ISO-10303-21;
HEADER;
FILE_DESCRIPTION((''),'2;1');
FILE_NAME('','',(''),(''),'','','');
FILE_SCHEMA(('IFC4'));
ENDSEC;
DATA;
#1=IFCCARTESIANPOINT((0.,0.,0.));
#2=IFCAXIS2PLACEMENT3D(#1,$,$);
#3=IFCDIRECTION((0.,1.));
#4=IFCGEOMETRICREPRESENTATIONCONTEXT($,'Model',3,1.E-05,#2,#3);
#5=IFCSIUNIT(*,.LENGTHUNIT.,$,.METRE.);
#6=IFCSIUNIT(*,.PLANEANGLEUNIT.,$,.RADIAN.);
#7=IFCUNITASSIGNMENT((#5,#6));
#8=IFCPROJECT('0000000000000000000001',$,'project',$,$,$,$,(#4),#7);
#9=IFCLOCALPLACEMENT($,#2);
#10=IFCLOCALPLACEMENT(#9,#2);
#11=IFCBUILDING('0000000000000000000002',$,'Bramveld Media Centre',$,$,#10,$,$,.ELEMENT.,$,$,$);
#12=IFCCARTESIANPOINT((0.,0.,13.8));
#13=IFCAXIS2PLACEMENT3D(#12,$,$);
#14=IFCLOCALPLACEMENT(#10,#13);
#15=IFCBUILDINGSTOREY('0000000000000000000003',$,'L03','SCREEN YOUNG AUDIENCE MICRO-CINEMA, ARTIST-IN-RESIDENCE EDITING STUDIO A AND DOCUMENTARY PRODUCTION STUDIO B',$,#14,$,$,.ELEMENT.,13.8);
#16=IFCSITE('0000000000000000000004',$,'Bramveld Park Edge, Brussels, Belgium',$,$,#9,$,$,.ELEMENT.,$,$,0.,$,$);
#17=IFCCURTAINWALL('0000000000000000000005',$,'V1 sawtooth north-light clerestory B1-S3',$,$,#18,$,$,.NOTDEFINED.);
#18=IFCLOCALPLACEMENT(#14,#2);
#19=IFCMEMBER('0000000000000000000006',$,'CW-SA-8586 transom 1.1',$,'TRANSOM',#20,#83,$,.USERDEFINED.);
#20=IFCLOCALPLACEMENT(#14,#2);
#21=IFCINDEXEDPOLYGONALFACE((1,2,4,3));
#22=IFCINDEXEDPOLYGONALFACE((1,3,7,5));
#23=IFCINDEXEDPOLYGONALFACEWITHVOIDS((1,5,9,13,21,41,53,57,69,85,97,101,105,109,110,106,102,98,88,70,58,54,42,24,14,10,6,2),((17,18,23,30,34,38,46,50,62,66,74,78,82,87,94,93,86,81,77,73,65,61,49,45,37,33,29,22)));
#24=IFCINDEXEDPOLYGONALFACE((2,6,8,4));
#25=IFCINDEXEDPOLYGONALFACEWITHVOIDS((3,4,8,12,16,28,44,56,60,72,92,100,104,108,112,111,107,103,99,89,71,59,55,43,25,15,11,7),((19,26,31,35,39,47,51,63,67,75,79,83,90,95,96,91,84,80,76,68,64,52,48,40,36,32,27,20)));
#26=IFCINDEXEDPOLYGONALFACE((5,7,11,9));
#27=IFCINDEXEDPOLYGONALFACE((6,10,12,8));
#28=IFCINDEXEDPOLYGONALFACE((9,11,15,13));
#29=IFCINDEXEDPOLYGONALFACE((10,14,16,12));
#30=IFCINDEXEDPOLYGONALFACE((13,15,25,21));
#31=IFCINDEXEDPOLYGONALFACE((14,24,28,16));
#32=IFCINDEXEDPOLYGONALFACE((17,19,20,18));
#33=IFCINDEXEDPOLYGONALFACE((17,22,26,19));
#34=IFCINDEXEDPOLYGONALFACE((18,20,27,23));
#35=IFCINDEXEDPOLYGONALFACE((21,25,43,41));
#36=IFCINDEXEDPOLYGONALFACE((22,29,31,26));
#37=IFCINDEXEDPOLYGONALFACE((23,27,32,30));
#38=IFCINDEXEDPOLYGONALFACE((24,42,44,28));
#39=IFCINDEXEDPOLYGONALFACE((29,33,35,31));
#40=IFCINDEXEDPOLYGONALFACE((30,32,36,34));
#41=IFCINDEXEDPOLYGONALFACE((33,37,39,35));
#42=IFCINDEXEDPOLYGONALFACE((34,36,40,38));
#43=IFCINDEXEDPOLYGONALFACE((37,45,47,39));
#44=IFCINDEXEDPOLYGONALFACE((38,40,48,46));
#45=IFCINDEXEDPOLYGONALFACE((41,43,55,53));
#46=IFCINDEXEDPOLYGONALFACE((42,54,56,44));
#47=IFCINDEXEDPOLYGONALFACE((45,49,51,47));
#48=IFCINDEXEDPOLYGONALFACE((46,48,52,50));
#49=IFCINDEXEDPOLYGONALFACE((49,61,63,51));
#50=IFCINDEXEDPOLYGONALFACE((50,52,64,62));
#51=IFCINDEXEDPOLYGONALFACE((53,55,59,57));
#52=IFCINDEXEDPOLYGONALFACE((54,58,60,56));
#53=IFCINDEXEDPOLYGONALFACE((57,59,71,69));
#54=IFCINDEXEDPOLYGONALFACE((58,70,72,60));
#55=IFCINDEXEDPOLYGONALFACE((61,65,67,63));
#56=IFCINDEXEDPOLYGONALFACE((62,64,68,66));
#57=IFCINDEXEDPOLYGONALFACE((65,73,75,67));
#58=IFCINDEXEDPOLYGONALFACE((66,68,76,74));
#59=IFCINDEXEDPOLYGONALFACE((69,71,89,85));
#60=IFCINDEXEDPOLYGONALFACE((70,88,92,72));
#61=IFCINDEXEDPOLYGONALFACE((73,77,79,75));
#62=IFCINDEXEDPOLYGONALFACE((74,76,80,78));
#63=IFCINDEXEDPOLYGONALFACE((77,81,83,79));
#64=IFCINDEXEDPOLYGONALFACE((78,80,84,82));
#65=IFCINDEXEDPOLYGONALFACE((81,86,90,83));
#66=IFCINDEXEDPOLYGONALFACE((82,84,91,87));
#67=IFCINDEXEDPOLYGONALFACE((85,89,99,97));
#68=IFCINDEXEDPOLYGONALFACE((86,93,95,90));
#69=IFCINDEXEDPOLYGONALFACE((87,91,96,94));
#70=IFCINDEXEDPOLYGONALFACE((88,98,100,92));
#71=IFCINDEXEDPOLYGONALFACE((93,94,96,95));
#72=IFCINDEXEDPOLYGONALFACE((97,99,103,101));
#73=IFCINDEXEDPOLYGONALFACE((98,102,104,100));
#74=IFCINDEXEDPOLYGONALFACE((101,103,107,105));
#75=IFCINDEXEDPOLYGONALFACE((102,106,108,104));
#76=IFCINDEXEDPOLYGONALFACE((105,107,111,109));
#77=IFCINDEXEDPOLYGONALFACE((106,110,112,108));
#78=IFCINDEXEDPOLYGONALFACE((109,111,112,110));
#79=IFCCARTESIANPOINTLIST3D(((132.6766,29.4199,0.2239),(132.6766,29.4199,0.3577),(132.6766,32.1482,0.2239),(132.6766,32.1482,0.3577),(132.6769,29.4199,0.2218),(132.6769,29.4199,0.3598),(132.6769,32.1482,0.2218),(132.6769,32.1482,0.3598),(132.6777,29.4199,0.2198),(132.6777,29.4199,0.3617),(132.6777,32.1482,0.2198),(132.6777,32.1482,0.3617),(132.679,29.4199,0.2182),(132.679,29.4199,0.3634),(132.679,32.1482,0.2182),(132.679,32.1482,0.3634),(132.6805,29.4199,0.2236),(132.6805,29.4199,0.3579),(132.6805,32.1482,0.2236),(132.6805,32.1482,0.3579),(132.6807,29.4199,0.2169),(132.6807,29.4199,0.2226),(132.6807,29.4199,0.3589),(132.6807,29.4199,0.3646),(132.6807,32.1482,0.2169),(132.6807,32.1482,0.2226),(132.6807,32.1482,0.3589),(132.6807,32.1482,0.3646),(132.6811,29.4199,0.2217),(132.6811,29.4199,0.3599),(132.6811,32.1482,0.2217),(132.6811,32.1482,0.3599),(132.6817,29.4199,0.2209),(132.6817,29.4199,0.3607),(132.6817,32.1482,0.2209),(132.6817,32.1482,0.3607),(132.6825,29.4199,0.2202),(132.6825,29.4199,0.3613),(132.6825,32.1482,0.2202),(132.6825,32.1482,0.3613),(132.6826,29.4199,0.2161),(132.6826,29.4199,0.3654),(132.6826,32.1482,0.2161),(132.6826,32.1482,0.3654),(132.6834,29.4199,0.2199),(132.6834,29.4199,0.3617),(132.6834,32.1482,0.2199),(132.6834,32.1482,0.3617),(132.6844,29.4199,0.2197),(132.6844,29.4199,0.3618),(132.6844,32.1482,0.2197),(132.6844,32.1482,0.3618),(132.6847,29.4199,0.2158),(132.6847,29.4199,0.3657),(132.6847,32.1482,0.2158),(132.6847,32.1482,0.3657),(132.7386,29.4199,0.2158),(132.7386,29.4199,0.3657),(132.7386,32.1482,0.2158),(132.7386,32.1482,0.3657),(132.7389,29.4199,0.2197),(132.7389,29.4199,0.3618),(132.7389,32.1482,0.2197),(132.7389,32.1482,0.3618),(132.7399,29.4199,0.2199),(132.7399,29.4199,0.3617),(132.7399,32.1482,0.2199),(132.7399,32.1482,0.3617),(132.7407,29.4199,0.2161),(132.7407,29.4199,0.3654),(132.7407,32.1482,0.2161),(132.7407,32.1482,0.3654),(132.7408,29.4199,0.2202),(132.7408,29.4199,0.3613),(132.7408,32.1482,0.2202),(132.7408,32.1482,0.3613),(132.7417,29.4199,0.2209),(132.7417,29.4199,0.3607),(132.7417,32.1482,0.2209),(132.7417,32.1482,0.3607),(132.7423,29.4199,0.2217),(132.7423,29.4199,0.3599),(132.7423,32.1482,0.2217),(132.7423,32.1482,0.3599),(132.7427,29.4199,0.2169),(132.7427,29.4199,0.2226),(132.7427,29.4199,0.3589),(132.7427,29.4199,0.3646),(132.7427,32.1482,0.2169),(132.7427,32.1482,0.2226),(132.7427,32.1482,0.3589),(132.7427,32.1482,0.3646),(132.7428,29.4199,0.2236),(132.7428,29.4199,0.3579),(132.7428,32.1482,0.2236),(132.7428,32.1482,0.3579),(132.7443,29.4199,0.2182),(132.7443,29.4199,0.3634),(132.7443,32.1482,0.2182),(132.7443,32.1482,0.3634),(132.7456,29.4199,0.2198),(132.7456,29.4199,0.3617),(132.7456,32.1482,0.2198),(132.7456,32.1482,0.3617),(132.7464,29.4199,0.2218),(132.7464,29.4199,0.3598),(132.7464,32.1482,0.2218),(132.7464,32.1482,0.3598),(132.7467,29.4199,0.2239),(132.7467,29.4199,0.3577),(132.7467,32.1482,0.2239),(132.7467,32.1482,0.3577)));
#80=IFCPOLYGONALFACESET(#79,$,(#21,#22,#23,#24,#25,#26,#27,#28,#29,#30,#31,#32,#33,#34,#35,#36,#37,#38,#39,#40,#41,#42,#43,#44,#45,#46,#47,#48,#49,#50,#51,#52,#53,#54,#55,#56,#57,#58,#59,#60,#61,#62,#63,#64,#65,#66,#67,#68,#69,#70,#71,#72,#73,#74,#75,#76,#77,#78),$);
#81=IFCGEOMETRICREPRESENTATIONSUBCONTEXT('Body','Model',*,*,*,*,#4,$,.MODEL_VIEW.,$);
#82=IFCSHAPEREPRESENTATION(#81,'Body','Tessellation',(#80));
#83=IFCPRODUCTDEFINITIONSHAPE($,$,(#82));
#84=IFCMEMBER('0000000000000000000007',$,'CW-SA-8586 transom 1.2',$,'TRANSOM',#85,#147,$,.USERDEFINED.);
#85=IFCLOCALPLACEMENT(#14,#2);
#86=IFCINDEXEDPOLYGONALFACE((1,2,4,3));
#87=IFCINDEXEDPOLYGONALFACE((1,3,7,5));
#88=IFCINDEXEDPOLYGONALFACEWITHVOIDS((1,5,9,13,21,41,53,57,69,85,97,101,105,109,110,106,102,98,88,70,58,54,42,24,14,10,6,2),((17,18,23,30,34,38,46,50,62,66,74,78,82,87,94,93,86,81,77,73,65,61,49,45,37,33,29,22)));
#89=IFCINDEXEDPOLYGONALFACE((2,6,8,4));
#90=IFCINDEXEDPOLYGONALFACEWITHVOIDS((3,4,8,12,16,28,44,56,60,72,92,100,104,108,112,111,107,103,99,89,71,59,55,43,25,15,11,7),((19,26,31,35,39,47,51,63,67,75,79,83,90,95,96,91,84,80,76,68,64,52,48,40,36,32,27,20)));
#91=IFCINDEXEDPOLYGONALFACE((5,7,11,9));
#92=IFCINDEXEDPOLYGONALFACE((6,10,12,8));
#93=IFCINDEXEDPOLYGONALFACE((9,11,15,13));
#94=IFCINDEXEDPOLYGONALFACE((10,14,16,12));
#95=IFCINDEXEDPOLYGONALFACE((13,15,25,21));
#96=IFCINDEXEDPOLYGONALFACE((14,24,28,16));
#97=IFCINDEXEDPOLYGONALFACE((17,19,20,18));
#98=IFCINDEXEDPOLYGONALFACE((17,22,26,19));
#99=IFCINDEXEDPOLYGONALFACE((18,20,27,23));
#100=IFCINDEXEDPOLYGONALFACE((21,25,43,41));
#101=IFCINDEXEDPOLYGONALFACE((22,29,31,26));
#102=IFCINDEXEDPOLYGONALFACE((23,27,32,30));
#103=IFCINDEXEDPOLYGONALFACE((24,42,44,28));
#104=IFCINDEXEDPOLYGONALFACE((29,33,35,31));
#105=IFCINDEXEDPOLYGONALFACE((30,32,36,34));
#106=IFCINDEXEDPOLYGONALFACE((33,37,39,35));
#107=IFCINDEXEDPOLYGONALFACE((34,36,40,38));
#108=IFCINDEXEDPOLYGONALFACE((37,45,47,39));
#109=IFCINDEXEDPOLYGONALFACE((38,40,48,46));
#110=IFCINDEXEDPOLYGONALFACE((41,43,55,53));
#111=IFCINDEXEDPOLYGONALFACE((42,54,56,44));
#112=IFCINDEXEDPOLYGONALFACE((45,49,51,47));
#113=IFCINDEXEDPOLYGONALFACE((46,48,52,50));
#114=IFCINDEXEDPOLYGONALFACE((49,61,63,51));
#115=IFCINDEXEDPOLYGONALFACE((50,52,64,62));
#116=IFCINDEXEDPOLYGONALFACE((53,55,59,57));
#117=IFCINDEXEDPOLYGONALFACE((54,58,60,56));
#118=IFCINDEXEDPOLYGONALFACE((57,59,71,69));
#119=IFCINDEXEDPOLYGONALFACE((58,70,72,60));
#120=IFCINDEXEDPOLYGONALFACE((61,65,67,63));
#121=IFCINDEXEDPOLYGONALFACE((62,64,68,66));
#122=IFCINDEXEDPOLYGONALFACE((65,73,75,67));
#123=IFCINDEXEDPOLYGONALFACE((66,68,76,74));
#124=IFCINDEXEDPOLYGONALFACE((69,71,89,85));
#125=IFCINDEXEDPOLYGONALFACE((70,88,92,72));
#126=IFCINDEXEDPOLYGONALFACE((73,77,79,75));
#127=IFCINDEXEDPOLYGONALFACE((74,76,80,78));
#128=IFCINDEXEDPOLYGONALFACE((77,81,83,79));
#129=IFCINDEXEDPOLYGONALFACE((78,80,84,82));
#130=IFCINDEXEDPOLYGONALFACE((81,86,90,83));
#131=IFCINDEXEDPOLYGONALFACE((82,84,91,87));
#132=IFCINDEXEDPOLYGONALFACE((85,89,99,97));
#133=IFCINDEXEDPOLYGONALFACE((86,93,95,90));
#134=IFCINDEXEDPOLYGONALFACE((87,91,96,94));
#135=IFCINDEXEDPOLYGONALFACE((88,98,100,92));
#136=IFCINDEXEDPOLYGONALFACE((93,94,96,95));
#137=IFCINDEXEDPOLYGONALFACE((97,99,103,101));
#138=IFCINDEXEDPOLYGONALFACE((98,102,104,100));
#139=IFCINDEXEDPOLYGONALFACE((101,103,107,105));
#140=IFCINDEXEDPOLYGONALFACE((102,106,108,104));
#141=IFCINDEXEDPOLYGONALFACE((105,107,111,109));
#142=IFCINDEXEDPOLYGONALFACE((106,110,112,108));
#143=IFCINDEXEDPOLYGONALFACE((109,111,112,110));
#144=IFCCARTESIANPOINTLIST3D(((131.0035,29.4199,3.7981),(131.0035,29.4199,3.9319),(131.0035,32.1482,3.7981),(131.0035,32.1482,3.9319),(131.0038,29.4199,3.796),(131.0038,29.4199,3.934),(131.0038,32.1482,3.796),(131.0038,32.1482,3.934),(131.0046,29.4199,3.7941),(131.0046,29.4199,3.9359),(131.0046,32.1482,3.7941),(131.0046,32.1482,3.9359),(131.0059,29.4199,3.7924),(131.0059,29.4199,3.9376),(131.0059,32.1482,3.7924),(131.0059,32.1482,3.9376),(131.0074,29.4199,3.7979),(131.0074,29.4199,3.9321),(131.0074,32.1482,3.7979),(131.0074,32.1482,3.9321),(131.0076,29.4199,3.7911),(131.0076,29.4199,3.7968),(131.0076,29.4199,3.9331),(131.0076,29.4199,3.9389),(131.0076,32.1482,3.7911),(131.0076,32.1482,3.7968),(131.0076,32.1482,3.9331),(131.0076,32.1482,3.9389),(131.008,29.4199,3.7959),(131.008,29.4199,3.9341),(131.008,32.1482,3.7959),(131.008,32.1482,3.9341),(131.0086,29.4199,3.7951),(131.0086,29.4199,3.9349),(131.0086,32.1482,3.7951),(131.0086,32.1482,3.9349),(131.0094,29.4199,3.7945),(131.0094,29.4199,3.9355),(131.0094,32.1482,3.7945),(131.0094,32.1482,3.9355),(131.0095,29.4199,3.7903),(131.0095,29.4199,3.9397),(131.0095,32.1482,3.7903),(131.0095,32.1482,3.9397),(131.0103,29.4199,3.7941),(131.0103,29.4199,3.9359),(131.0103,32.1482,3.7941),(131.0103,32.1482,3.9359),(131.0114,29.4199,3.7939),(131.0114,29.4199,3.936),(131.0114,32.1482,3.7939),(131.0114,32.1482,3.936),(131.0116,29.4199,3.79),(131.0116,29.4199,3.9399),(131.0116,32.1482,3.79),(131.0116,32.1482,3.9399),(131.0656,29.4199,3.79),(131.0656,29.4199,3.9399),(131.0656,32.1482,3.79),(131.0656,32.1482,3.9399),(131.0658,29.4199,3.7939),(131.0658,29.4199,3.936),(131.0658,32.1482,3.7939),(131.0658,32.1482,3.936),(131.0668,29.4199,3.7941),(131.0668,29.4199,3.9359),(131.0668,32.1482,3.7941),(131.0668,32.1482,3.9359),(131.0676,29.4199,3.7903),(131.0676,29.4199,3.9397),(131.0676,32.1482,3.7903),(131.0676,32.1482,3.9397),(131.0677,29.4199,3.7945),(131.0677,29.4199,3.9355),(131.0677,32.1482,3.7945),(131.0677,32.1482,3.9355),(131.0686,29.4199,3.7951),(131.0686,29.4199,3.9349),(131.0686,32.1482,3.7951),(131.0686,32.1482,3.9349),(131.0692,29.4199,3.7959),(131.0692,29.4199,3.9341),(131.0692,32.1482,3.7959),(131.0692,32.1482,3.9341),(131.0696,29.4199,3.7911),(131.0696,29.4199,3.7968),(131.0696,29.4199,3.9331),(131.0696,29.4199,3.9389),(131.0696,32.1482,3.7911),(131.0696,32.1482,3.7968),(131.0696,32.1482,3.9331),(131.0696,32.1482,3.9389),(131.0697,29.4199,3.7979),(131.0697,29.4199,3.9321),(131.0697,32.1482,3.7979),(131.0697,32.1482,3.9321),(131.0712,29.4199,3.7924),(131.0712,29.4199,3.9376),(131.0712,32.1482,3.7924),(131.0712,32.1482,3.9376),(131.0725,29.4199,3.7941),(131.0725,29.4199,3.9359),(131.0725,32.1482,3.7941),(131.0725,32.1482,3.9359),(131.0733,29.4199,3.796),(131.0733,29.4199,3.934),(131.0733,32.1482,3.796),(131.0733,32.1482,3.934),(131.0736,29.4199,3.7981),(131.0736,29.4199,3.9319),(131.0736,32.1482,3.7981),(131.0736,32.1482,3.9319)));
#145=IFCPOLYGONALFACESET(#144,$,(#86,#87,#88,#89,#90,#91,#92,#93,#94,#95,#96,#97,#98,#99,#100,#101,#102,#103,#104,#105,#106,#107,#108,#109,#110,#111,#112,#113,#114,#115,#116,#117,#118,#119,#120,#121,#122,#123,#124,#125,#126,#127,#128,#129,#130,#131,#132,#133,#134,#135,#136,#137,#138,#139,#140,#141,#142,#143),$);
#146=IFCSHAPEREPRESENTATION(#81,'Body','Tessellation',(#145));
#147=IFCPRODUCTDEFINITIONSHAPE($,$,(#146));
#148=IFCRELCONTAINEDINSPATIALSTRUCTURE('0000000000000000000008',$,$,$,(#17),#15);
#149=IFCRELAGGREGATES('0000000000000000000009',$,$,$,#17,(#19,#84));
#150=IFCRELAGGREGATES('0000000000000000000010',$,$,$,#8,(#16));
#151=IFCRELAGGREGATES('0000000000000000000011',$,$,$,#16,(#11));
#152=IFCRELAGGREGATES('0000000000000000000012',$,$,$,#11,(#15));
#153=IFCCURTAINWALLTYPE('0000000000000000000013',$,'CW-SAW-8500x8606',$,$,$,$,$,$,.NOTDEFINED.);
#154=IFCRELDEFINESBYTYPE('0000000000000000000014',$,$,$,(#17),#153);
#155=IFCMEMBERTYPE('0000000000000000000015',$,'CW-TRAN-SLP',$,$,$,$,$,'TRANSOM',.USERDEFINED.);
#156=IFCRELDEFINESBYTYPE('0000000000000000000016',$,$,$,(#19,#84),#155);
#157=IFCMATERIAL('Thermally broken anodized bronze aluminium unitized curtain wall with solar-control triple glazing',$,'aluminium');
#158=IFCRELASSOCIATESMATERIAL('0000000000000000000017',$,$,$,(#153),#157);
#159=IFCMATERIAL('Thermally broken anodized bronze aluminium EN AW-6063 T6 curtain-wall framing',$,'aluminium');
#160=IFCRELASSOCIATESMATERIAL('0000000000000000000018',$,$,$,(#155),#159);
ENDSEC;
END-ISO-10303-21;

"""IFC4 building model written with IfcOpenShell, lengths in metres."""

from ifc_helpers import new_model, si_unit, direction, frame, origin, origin_2d, place, context, subcontext, project, spatial, hollow_rectangle, extrude, material, material_profile, profile_set, type_object, element, aggregate, save


model = new_model("IFC4")

# Units and contexts
model_context = context("Model", 3, precision=1e-05, world=origin(), true_north=direction((0.0, 1.0)))
body_context = subcontext(model_context, "Body", "Model", "MODEL_VIEW")
ifc_project = project(units=[si_unit("LENGTHUNIT", "METRE"), si_unit("PLANEANGLEUNIT", "RADIAN")], contexts=[model_context])

# Site, building, storey
site_placement = place(None, origin())
site = spatial("IfcSite", under=ifc_project, at=site_placement, Name="Bramveld Park Edge, Brussels, Belgium", CompositionType="ELEMENT", RefElevation=0.0)
building_placement = place(site_placement, origin())
building = spatial("IfcBuilding", under=site, at=building_placement, Name="Bramveld Media Centre", CompositionType="ELEMENT")
storey_placement = place(building_placement, frame((0.0, 0.0, 13.8)))
storey = spatial("IfcBuildingStorey", under=building, at=storey_placement, Name="L03", Description="SCREEN YOUNG AUDIENCE MICRO-CINEMA, ARTIST-IN-RESIDENCE EDITING STUDIO A AND DOCUMENTARY PRODUCTION STUDIO B", CompositionType="ELEMENT", Elevation=13.8)

# Curtain wall
ifc_material_1 = material(Name="Thermally broken anodized bronze aluminium unitized curtain wall with solar-control triple glazing", Category="aluminium")
curtain_wall_type_1 = type_object("IfcCurtainWallType", Name="CW-SAW-8500x8606", PredefinedType="NOTDEFINED", material=ifc_material_1)
curtain_wall_1_placement = place(storey_placement, origin())
curtain_wall_1 = element("IfcCurtainWall", 1, at=curtain_wall_1_placement, inside=storey, type_object=curtain_wall_type_1, Name="V1 sawtooth north-light clerestory B1-S3", PredefinedType="NOTDEFINED")

# Members
ifc_material_2 = material(Name="Thermally broken anodized bronze aluminium EN AW-6063 T6 curtain-wall framing", Category="aluminium")
ifc_material_profile_1 = material_profile(ifc_material_2, hollow_rectangle(XDim=0.0701, YDim=0.1499, WallThickness=0.0039, InnerFilletRadius=0.0039, OuterFilletRadius=0.0081, at=origin_2d()), Name="AL-TRAN 70x150")
ifc_profile_set_1 = profile_set([ifc_material_profile_1], Name="Thermally broken anodized bronze aluminium EN AW-6063 T6 curtain-wall framing")
member_type_1 = type_object("IfcMemberType", Name="CW-TRAN-SLP", ElementType="TRANSOM", PredefinedType="USERDEFINED", material=ifc_profile_set_1)
member_1_placement = place(storey_placement, frame((132.7117, 29.4199, 0.2908), z_axis=(0.0, 1.0, 0.0), x_axis=(-1.0, 0.0, 0.0)))
member_1 = element("IfcMember", 2, at=member_1_placement, type_object=member_type_1, Name="CW-SA-8586 transom 1.1", ObjectType="TRANSOM", PredefinedType="USERDEFINED", context=body_context, shape_type="SweptSolid", body=[
    extrude(hollow_rectangle(XDim=0.0701, YDim=0.1499, WallThickness=0.0039, InnerFilletRadius=0.0039, OuterFilletRadius=0.0081, at=origin_2d()), origin(), (0.0, 0.0, 1.0), 2.7283),
])
member_2_placement = place(storey_placement, frame((131.0386, 29.4199, 3.865), z_axis=(0.0, 1.0, 0.0), x_axis=(-1.0, 0.0, 0.0)))
member_2 = element("IfcMember", 3, at=member_2_placement, type_object=member_type_1, Name="CW-SA-8586 transom 1.2", ObjectType="TRANSOM", PredefinedType="USERDEFINED", context=body_context, shape_type="SweptSolid", body=[
    extrude(hollow_rectangle(XDim=0.0701, YDim=0.1499, WallThickness=0.0039, InnerFilletRadius=0.0039, OuterFilletRadius=0.0081, at=origin_2d()), origin(), (0.0, 0.0, 1.0), 2.7283),
])

aggregate(curtain_wall_1, [member_1, member_2])

save(model, "model.ifc")
